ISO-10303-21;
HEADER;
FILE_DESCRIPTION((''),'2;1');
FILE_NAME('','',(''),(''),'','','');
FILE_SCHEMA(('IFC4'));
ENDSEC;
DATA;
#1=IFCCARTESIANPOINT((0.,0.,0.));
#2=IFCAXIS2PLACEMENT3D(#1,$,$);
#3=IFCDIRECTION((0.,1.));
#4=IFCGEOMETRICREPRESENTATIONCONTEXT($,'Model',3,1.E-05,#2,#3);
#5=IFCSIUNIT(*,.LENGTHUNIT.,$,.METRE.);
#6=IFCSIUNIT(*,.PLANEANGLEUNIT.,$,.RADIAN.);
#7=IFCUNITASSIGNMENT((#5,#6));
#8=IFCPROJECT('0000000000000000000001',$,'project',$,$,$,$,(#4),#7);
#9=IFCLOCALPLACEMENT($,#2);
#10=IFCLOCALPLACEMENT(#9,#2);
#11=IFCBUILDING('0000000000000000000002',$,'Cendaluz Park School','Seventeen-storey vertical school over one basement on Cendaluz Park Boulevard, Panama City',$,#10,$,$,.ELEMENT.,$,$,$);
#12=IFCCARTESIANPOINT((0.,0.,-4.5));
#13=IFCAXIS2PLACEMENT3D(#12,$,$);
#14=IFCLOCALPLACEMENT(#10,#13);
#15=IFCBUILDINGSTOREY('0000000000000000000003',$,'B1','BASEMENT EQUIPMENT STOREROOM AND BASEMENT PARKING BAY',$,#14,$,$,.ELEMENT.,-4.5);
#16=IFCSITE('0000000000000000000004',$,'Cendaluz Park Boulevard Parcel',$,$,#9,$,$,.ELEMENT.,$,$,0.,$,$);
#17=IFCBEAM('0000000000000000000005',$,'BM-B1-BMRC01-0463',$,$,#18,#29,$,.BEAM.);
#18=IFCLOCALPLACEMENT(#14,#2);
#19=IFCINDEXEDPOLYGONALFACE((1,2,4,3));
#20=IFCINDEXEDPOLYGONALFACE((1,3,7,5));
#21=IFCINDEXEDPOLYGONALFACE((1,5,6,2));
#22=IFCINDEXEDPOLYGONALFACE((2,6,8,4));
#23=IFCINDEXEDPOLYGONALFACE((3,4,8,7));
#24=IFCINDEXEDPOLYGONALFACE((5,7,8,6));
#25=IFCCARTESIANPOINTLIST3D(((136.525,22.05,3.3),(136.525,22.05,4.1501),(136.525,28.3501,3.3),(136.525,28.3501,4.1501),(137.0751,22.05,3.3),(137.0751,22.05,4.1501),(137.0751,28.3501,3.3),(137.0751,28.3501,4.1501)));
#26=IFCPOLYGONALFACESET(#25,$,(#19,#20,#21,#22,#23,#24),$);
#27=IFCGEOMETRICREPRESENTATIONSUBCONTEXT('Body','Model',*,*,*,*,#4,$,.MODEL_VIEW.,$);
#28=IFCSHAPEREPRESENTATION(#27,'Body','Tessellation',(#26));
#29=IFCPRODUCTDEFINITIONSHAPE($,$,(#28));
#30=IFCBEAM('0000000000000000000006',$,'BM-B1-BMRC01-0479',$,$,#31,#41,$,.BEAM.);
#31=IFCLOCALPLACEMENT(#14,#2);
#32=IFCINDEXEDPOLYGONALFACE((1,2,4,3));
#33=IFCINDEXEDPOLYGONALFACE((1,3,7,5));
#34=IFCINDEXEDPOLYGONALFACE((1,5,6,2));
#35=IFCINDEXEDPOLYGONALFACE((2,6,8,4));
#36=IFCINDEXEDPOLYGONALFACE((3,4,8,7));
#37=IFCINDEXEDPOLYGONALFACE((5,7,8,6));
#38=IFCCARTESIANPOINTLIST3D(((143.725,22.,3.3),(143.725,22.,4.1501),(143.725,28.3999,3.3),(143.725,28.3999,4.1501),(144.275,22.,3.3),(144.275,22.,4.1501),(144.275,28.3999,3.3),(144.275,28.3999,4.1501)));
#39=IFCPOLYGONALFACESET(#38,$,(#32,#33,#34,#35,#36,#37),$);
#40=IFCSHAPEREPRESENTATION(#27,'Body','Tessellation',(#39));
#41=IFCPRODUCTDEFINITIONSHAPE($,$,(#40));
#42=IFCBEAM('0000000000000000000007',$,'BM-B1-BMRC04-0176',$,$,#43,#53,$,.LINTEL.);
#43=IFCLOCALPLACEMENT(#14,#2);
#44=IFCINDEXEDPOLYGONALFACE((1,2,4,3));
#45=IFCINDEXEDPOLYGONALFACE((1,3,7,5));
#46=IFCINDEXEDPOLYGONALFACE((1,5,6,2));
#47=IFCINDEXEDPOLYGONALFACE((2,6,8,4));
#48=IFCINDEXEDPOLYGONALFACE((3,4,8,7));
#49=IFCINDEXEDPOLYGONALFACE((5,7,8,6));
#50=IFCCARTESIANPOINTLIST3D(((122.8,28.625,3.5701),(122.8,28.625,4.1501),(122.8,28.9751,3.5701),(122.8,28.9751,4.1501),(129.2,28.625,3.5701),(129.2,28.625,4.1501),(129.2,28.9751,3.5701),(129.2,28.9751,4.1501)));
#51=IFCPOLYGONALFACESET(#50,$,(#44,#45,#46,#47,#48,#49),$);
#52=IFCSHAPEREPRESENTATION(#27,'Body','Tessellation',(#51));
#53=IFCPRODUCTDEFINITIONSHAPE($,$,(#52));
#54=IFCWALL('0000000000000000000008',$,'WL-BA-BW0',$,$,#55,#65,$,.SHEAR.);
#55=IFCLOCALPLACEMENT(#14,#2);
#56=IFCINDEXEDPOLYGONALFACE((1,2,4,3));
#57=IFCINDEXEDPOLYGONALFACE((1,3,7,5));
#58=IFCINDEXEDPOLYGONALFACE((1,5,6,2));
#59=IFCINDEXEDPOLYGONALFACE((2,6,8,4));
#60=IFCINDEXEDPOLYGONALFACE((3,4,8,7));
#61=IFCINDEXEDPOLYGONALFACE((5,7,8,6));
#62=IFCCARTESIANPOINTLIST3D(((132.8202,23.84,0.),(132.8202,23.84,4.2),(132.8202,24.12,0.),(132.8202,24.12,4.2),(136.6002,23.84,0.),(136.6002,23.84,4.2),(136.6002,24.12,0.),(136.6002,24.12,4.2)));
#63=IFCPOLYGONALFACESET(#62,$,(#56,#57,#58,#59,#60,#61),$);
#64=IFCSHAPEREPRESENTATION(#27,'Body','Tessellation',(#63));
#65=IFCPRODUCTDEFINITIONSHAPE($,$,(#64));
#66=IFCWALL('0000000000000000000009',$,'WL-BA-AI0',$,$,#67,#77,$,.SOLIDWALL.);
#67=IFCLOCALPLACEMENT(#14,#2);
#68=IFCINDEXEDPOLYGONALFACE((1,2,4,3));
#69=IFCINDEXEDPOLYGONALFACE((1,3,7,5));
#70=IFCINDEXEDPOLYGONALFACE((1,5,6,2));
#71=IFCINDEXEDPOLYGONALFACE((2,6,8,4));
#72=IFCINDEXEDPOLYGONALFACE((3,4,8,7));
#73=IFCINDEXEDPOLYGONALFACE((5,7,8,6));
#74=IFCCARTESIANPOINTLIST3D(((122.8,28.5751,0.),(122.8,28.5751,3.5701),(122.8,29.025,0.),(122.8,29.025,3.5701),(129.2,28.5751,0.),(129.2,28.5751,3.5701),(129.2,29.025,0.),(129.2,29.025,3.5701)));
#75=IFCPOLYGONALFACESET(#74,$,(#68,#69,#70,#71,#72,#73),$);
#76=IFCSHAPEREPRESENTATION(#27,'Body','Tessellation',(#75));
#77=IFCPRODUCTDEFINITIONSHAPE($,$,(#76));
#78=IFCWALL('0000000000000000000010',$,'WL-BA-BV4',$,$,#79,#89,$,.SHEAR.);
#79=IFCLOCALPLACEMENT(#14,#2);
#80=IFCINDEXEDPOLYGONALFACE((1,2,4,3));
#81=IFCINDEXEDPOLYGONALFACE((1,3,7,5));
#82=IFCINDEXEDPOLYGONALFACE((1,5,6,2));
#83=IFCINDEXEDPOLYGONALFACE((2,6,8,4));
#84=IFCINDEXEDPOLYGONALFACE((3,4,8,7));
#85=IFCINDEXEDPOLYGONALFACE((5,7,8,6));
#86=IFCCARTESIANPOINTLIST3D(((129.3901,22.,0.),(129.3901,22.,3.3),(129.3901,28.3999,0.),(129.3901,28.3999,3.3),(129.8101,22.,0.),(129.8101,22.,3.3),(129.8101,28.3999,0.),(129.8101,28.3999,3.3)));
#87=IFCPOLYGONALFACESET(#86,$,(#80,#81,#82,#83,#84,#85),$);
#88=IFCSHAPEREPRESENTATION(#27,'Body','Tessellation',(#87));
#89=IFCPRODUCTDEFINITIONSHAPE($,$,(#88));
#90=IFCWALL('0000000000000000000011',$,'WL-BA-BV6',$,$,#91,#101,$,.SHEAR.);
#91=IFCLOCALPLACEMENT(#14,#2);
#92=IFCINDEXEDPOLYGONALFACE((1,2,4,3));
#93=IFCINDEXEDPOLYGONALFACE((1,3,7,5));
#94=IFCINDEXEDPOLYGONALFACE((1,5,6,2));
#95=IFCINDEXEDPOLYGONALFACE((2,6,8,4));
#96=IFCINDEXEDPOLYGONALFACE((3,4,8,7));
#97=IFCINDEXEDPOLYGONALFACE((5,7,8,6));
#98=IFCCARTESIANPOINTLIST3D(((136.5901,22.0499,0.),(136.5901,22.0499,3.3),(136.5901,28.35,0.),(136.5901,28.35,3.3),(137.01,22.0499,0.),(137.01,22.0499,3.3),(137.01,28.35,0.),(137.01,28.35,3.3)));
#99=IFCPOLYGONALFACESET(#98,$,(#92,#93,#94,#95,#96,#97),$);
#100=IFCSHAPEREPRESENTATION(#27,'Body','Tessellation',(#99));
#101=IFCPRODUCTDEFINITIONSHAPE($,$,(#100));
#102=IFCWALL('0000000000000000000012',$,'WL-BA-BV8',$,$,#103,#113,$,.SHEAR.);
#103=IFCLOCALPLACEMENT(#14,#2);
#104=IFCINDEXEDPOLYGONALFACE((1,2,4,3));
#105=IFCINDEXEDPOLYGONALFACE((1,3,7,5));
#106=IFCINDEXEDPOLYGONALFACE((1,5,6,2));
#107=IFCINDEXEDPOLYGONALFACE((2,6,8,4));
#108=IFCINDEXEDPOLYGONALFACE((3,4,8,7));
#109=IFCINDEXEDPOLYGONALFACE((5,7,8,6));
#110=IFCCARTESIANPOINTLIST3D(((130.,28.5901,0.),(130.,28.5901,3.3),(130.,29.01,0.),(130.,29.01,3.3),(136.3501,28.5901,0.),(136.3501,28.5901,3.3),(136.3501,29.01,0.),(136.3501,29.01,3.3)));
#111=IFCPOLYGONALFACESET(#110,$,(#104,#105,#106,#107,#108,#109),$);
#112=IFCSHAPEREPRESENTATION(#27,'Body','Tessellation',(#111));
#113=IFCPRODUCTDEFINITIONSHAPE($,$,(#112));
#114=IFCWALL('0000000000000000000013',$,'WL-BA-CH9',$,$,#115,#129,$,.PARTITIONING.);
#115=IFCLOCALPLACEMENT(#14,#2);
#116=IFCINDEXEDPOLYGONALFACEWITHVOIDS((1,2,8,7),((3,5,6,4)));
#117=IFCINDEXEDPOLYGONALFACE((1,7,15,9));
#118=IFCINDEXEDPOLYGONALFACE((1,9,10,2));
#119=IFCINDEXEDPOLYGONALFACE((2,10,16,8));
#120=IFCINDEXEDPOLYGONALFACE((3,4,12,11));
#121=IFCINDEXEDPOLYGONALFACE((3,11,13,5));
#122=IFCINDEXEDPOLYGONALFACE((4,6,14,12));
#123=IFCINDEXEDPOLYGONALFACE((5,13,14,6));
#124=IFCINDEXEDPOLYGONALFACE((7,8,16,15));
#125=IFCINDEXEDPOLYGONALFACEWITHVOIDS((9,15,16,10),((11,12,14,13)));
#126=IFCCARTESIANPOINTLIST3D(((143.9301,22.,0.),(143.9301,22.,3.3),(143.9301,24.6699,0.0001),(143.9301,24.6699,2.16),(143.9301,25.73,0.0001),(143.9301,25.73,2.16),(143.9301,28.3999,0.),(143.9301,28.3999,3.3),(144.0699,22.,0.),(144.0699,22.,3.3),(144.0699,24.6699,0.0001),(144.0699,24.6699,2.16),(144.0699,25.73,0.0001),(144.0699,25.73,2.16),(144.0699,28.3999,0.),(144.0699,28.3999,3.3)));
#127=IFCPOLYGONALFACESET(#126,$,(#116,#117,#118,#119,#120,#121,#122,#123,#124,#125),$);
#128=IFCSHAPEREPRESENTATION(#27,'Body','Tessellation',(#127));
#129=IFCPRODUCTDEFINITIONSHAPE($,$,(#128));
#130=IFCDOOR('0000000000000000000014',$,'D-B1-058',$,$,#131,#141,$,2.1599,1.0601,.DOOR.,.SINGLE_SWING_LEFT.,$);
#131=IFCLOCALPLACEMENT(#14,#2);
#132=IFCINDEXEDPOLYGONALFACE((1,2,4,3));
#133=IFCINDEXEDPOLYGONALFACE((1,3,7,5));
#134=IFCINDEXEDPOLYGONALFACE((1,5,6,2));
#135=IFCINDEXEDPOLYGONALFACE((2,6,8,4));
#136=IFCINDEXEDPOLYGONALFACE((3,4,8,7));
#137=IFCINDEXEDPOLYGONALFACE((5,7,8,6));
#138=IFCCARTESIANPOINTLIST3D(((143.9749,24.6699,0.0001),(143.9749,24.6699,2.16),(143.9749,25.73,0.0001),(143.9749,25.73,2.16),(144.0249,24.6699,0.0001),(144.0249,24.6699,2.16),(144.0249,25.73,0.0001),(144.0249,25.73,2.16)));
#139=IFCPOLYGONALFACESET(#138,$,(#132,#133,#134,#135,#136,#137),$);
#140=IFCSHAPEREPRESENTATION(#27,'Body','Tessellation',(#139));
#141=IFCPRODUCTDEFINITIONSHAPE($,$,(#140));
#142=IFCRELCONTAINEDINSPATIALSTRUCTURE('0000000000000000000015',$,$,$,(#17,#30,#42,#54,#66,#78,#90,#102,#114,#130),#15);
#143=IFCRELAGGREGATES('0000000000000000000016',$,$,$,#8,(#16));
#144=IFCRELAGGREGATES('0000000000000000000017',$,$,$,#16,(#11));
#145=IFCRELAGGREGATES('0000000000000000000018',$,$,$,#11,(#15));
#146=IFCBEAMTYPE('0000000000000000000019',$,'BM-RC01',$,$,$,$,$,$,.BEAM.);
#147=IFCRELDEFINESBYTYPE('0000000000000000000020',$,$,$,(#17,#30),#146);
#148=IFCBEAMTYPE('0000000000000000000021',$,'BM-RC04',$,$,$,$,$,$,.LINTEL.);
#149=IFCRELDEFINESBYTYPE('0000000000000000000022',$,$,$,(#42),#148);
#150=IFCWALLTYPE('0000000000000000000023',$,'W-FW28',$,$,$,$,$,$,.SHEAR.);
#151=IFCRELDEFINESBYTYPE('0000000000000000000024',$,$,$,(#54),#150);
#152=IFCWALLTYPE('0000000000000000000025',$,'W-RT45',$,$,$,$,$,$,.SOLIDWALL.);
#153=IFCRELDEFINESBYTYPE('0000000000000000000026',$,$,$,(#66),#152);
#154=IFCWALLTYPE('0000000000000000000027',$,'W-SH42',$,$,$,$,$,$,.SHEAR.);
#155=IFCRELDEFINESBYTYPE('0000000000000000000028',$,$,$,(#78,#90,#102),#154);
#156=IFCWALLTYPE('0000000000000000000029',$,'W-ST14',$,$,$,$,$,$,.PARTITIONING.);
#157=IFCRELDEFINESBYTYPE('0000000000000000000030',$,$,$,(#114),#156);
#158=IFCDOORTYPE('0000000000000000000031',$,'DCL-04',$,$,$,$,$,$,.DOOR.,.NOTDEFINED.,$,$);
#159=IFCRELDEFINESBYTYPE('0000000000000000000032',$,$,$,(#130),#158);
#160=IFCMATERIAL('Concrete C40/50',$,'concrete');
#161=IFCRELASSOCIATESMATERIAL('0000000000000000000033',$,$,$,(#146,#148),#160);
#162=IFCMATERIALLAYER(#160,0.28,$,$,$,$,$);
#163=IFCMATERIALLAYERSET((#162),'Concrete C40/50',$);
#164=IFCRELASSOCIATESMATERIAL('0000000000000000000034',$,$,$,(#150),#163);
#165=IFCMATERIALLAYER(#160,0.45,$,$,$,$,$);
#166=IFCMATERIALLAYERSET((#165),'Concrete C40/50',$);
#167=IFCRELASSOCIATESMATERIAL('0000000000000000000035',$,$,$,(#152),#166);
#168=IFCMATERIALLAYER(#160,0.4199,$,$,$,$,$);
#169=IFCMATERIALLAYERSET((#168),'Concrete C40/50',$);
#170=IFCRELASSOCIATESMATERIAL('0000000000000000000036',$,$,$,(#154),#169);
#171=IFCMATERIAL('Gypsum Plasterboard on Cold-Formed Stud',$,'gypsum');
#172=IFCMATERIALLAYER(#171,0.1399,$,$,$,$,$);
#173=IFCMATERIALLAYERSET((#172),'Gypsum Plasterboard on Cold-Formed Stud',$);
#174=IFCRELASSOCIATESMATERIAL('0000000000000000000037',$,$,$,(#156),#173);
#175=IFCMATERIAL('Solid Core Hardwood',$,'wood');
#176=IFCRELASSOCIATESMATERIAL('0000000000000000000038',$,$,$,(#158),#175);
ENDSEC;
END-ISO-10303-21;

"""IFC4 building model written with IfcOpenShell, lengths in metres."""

from ifc_helpers import new_model, si_unit, direction, frame, frame_2d, origin, origin_2d, place, context, subcontext, project, spatial, rectangle, extrude, material, layer, layer_set, material_profile, profile_set, type_object, element, fill, save


model = new_model("IFC4")

# Units and contexts
model_context = context("Model", 3, precision=1e-05, world=origin(), true_north=direction((0.0, 1.0)))
body_context = subcontext(model_context, "Body", "Model", "MODEL_VIEW")
ifc_project = project(units=[si_unit("LENGTHUNIT", "METRE"), si_unit("PLANEANGLEUNIT", "RADIAN")], contexts=[model_context])

# Site, building, storey
site_placement = place(None, origin())
site = spatial("IfcSite", under=ifc_project, at=site_placement, Name="Cendaluz Park Boulevard Parcel", CompositionType="ELEMENT", RefElevation=0.0)
building_placement = place(site_placement, origin())
building = spatial("IfcBuilding", under=site, at=building_placement, Name="Cendaluz Park School", Description="Seventeen-storey vertical school over one basement on Cendaluz Park Boulevard, Panama City", CompositionType="ELEMENT")
storey_placement = place(building_placement, frame((0.0, 0.0, -4.5)))
storey = spatial("IfcBuildingStorey", under=building, at=storey_placement, Name="B1", Description="BASEMENT EQUIPMENT STOREROOM AND BASEMENT PARKING BAY", CompositionType="ELEMENT", Elevation=-4.5)

# Shared definitions
ifc_material_1 = material(Name="Concrete C40/50", Category="concrete")

# Beams
ifc_material_profile_1 = material_profile(ifc_material_1, rectangle(XDim=0.55, YDim=0.8501, at=origin_2d()), Name="RC 550x850", Category="concrete")
ifc_profile_set_1 = profile_set([ifc_material_profile_1], Name="Concrete C40/50")
beam_type_1 = type_object("IfcBeamType", Name="BM-RC01", PredefinedType="BEAM", material=ifc_profile_set_1)
beam_1_placement = place(storey_placement, frame((136.8, 22.05, 3.7251), z_axis=(0.0, 1.0, 0.0), x_axis=(-1.0, 0.0, 0.0)))
element("IfcBeam", 1, at=beam_1_placement, inside=storey, type_object=beam_type_1, Name="BM-B1-BMRC01-0463", PredefinedType="BEAM", context=body_context, shape_type="SweptSolid", body=[
    extrude(rectangle(XDim=0.55, YDim=0.8501, at=origin_2d()), origin(), (0.0, 0.0, 1.0), 6.3),
])
beam_2_placement = place(storey_placement, frame((144.0, 22.0, 3.7251), z_axis=(0.0, 1.0, 0.0), x_axis=(-1.0, 0.0, 0.0)))
element("IfcBeam", 2, at=beam_2_placement, inside=storey, type_object=beam_type_1, Name="BM-B1-BMRC01-0479", PredefinedType="BEAM", context=body_context, shape_type="SweptSolid", body=[
    extrude(rectangle(XDim=0.55, YDim=0.8501, at=origin_2d()), origin(), (0.0, 0.0, 1.0), 6.3999),
])
ifc_material_profile_2 = material_profile(ifc_material_1, rectangle(XDim=0.3501, YDim=0.5801, at=origin_2d()), Name="RC 350x580", Category="concrete")
ifc_profile_set_2 = profile_set([ifc_material_profile_2], Name="Concrete C40/50")
beam_type_2 = type_object("IfcBeamType", Name="BM-RC04", PredefinedType="LINTEL", material=ifc_profile_set_2)
beam_3_placement = place(storey_placement, frame((122.8, 28.8, 3.8601), z_axis=(1.0, 0.0, 0.0), x_axis=(0.0, 1.0, 0.0)))
element("IfcBeam", 3, at=beam_3_placement, inside=storey, type_object=beam_type_2, Name="BM-B1-BMRC04-0176", PredefinedType="LINTEL", context=body_context, shape_type="SweptSolid", body=[
    extrude(rectangle(XDim=0.3501, YDim=0.5801, at=origin_2d()), origin(), (0.0, 0.0, 1.0), 6.3999),
])

# Wall
ifc_layer_1 = layer(ifc_material_1, 0.28)
ifc_layer_set_1 = layer_set([ifc_layer_1], Name="Concrete C40/50")
wall_type_1 = type_object("IfcWallType", Name="W-FW28", PredefinedType="SHEAR", material=ifc_layer_set_1)
wall_1_placement = place(storey_placement, frame((132.8201, 23.98, 0.0), z_axis=(0.0, 0.0, 1.0), x_axis=(1.0, 0.0, 0.0)))
element("IfcWall", 4, at=wall_1_placement, inside=storey, type_object=wall_type_1, Name="WL-BA-BW0", PredefinedType="SHEAR", context=body_context, shape_type="SweptSolid", body=[
    extrude(rectangle(XDim=3.78, YDim=0.28, at=frame_2d((1.8901, 0.0))), origin(), (0.0, 0.0, 1.0), 4.2),
])

# Shared definitions
ifc_material_2 = material(Name="Solid Core Hardwood", Category="wood")

# Walls
ifc_layer_2 = layer(ifc_material_1, 0.45)
ifc_layer_set_2 = layer_set([ifc_layer_2], Name="Concrete C40/50")
wall_type_2 = type_object("IfcWallType", Name="W-RT45", PredefinedType="SOLIDWALL", material=ifc_layer_set_2)
wall_2_placement = place(storey_placement, frame((122.8, 28.8, 0.0), z_axis=(0.0, 0.0, 1.0), x_axis=(1.0, 0.0, 0.0)))
element("IfcWall", 5, at=wall_2_placement, inside=storey, type_object=wall_type_2, Name="WL-BA-AI0", PredefinedType="SOLIDWALL", context=body_context, shape_type="SweptSolid", body=[
    extrude(rectangle(XDim=6.3999, YDim=0.45, at=frame_2d((3.2, 0.0))), origin(), (0.0, 0.0, 1.0), 3.5701),
])
ifc_layer_3 = layer(ifc_material_1, 0.4199)
ifc_layer_set_3 = layer_set([ifc_layer_3], Name="Concrete C40/50")
wall_type_3 = type_object("IfcWallType", Name="W-SH42", PredefinedType="SHEAR", material=ifc_layer_set_3)
wall_3_placement = place(storey_placement, frame((129.6001, 22.0, 0.0), z_axis=(0.0, 0.0, 1.0), x_axis=(0.0, 1.0, 0.0)))
element("IfcWall", 6, at=wall_3_placement, inside=storey, type_object=wall_type_3, Name="WL-BA-BV4", PredefinedType="SHEAR", context=body_context, shape_type="SweptSolid", body=[
    extrude(rectangle(XDim=6.3999, YDim=0.4199, at=frame_2d((3.2, 0.0))), origin(), (0.0, 0.0, 1.0), 3.3),
])
wall_4_placement = place(storey_placement, frame((136.8, 22.05, 0.0), z_axis=(0.0, 0.0, 1.0), x_axis=(0.0, 1.0, 0.0)))
element("IfcWall", 7, at=wall_4_placement, inside=storey, type_object=wall_type_3, Name="WL-BA-BV6", PredefinedType="SHEAR", context=body_context, shape_type="SweptSolid", body=[
    extrude(rectangle(XDim=6.3, YDim=0.4199, at=frame_2d((3.1499, 0.0))), origin(), (0.0, 0.0, 1.0), 3.3),
])
wall_5_placement = place(storey_placement, frame((130.0, 28.8, 0.0), z_axis=(0.0, 0.0, 1.0), x_axis=(1.0, 0.0, 0.0)))
element("IfcWall", 8, at=wall_5_placement, inside=storey, type_object=wall_type_3, Name="WL-BA-BV8", PredefinedType="SHEAR", context=body_context, shape_type="SweptSolid", body=[
    extrude(rectangle(XDim=6.3501, YDim=0.4199, at=frame_2d((3.175, 0.0))), origin(), (0.0, 0.0, 1.0), 3.3),
])

# Wall, opening, door
ifc_material_3 = material(Name="Gypsum Plasterboard on Cold-Formed Stud", Category="gypsum")
ifc_layer_4 = layer(ifc_material_3, 0.1399)
ifc_layer_set_4 = layer_set([ifc_layer_4], Name="Gypsum Plasterboard on Cold-Formed Stud")
wall_type_4 = type_object("IfcWallType", Name="W-ST14", PredefinedType="PARTITIONING", material=ifc_layer_set_4)
wall_6_placement = place(storey_placement, frame((144.0, 22.0, 0.0), z_axis=(0.0, 0.0, 1.0), x_axis=(0.0, 1.0, 0.0)))
wall_6 = element("IfcWall", 9, at=wall_6_placement, inside=storey, type_object=wall_type_4, Name="WL-BA-CH9", PredefinedType="PARTITIONING", context=body_context, shape_type="SweptSolid", body=[
    extrude(rectangle(XDim=6.3999, YDim=0.1399, at=frame_2d((3.2, 0.0))), origin(), (0.0, 0.0, 1.0), 3.3),
])
opening_1_placement = place(wall_6_placement, frame((2.6699, 0.0, 0.0)))
opening_1 = element("IfcOpeningElement", 10, at=opening_1_placement, cuts=wall_6, PredefinedType="OPENING", context=body_context, shape_type="SweptSolid", body=[
    extrude(rectangle(XDim=1.0601, YDim=2.1599, at=frame_2d((0.53, 1.0801))), frame((0.0, 0.082, 0.0), z_axis=(0.0, -1.0, 0.0), x_axis=(1.0, 0.0, 0.0)), (0.0, 0.0, 1.0), 0.1638),
])
door_type_1 = type_object("IfcDoorType", Name="DCL-04", OperationType="NOTDEFINED", PredefinedType="DOOR", material=ifc_material_2)
door_1_placement = place(opening_1_placement, frame((1.0601, 0.0, 0.0), z_axis=(0.0, 0.0, 1.0), x_axis=(-1.0, 0.0, 0.0)))
door_1 = element("IfcDoor", 11, at=door_1_placement, inside=storey, type_object=door_type_1, Name="D-B1-058", OperationType="SINGLE_SWING_LEFT", OverallHeight=2.1599, OverallWidth=1.0601, PredefinedType="DOOR", context=body_context, shape_type="SweptSolid", body=[
    extrude(rectangle(XDim=1.0601, YDim=2.1599, at=frame_2d((0.53, 1.0801))), frame((0.0, 0.0249, 0.0), z_axis=(0.0, -1.0, 0.0), x_axis=(1.0, 0.0, 0.0)), (0.0, 0.0, 1.0), 0.05),
])
fill(opening_1, door_1)

save(model, "model.ifc")
